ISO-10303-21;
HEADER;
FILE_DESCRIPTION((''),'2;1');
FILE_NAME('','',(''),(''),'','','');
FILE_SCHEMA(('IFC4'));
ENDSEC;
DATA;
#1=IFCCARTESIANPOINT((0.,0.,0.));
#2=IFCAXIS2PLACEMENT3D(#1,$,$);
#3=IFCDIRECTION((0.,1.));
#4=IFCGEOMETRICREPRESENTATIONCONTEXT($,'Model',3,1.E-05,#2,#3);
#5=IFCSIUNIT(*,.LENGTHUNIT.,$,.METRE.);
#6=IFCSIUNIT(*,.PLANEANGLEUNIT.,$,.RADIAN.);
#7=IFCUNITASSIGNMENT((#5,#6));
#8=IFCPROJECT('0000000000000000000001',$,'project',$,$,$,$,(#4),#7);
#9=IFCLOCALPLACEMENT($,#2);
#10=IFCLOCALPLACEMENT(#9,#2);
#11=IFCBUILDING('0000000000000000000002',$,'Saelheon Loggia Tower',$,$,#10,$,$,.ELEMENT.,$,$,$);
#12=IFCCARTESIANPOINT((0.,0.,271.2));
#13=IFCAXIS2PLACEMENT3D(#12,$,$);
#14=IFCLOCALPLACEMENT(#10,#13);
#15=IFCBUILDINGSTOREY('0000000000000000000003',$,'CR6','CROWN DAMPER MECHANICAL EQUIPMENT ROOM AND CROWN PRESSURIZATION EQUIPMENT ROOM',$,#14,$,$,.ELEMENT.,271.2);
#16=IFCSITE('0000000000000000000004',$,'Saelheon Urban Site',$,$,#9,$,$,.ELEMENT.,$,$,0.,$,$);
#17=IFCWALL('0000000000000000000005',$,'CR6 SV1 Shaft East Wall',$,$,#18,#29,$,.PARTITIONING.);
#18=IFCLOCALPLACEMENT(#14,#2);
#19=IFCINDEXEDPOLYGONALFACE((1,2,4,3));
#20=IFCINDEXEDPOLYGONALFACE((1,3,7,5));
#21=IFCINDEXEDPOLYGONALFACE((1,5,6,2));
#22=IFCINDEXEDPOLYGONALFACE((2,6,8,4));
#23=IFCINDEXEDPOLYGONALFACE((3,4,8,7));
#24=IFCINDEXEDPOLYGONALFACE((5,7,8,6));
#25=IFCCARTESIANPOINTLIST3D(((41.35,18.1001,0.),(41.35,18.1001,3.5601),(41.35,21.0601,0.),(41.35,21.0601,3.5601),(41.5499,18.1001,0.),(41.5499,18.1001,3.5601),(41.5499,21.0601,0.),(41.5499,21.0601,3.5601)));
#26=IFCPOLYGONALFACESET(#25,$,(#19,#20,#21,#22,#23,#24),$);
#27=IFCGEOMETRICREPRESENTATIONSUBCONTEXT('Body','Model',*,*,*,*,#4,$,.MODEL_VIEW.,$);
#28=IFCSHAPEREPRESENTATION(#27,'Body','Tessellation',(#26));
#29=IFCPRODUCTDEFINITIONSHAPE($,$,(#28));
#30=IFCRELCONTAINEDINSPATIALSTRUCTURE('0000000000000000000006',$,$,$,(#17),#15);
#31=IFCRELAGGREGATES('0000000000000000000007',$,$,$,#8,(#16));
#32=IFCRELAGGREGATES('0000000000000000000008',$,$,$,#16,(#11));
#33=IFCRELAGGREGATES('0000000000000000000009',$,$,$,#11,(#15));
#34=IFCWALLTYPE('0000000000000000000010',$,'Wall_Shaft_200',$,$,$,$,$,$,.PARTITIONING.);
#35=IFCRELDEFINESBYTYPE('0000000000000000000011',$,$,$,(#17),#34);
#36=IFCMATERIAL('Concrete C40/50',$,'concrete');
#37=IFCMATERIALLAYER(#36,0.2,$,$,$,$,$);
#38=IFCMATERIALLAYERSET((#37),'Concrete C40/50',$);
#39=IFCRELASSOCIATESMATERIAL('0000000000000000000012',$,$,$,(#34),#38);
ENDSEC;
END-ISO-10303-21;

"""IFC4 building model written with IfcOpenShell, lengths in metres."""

from ifc_helpers import new_model, si_unit, direction, frame, frame_2d, origin, place, context, subcontext, project, spatial, rectangle, extrude, material, layer, layer_set, type_object, element, save


model = new_model("IFC4")

# Units and contexts
model_context = context("Model", 3, precision=1e-05, world=origin(), true_north=direction((0.0, 1.0)))
body_context = subcontext(model_context, "Body", "Model", "MODEL_VIEW")
ifc_project = project(units=[si_unit("LENGTHUNIT", "METRE"), si_unit("PLANEANGLEUNIT", "RADIAN")], contexts=[model_context])

# Site, building, storey
site_placement = place(None, origin())
site = spatial("IfcSite", under=ifc_project, at=site_placement, Name="Saelheon Urban Site", CompositionType="ELEMENT", RefElevation=0.0)
building_placement = place(site_placement, origin())
building = spatial("IfcBuilding", under=site, at=building_placement, Name="Saelheon Loggia Tower", CompositionType="ELEMENT")
storey_placement = place(building_placement, frame((0.0, 0.0, 271.2)))
storey = spatial("IfcBuildingStorey", under=building, at=storey_placement, Name="CR6", Description="CROWN DAMPER MECHANICAL EQUIPMENT ROOM AND CROWN PRESSURIZATION EQUIPMENT ROOM", CompositionType="ELEMENT", Elevation=271.2)

# Wall
ifc_material_1 = material(Name="Concrete C40/50", Category="concrete")
ifc_layer_1 = layer(ifc_material_1, 0.2)
ifc_layer_set_1 = layer_set([ifc_layer_1], Name="Concrete C40/50")
wall_type = type_object("IfcWallType", Name="Wall_Shaft_200", PredefinedType="PARTITIONING", material=ifc_layer_set_1)
for number, where, z_axis, x_axis, name in (
    (1, (41.45, 18.1001, 0.0), (0.0, 0.0, 1.0), (0.0, 1.0, 0.0), "CR6 SV1 Shaft East Wall"),
):
    element("IfcWall", number, at=place(storey_placement, frame(where, z_axis=z_axis, x_axis=x_axis)), inside=storey, type_object=wall_type, Name=name, PredefinedType="PARTITIONING", context=body_context, shape_type="SweptSolid", body=[
        extrude(rectangle(XDim=2.96, YDim=0.2, at=frame_2d((1.48, 0.0))), origin(), (0.0, 0.0, 1.0), 3.5601),
    ])

save(model, "model.ifc")
